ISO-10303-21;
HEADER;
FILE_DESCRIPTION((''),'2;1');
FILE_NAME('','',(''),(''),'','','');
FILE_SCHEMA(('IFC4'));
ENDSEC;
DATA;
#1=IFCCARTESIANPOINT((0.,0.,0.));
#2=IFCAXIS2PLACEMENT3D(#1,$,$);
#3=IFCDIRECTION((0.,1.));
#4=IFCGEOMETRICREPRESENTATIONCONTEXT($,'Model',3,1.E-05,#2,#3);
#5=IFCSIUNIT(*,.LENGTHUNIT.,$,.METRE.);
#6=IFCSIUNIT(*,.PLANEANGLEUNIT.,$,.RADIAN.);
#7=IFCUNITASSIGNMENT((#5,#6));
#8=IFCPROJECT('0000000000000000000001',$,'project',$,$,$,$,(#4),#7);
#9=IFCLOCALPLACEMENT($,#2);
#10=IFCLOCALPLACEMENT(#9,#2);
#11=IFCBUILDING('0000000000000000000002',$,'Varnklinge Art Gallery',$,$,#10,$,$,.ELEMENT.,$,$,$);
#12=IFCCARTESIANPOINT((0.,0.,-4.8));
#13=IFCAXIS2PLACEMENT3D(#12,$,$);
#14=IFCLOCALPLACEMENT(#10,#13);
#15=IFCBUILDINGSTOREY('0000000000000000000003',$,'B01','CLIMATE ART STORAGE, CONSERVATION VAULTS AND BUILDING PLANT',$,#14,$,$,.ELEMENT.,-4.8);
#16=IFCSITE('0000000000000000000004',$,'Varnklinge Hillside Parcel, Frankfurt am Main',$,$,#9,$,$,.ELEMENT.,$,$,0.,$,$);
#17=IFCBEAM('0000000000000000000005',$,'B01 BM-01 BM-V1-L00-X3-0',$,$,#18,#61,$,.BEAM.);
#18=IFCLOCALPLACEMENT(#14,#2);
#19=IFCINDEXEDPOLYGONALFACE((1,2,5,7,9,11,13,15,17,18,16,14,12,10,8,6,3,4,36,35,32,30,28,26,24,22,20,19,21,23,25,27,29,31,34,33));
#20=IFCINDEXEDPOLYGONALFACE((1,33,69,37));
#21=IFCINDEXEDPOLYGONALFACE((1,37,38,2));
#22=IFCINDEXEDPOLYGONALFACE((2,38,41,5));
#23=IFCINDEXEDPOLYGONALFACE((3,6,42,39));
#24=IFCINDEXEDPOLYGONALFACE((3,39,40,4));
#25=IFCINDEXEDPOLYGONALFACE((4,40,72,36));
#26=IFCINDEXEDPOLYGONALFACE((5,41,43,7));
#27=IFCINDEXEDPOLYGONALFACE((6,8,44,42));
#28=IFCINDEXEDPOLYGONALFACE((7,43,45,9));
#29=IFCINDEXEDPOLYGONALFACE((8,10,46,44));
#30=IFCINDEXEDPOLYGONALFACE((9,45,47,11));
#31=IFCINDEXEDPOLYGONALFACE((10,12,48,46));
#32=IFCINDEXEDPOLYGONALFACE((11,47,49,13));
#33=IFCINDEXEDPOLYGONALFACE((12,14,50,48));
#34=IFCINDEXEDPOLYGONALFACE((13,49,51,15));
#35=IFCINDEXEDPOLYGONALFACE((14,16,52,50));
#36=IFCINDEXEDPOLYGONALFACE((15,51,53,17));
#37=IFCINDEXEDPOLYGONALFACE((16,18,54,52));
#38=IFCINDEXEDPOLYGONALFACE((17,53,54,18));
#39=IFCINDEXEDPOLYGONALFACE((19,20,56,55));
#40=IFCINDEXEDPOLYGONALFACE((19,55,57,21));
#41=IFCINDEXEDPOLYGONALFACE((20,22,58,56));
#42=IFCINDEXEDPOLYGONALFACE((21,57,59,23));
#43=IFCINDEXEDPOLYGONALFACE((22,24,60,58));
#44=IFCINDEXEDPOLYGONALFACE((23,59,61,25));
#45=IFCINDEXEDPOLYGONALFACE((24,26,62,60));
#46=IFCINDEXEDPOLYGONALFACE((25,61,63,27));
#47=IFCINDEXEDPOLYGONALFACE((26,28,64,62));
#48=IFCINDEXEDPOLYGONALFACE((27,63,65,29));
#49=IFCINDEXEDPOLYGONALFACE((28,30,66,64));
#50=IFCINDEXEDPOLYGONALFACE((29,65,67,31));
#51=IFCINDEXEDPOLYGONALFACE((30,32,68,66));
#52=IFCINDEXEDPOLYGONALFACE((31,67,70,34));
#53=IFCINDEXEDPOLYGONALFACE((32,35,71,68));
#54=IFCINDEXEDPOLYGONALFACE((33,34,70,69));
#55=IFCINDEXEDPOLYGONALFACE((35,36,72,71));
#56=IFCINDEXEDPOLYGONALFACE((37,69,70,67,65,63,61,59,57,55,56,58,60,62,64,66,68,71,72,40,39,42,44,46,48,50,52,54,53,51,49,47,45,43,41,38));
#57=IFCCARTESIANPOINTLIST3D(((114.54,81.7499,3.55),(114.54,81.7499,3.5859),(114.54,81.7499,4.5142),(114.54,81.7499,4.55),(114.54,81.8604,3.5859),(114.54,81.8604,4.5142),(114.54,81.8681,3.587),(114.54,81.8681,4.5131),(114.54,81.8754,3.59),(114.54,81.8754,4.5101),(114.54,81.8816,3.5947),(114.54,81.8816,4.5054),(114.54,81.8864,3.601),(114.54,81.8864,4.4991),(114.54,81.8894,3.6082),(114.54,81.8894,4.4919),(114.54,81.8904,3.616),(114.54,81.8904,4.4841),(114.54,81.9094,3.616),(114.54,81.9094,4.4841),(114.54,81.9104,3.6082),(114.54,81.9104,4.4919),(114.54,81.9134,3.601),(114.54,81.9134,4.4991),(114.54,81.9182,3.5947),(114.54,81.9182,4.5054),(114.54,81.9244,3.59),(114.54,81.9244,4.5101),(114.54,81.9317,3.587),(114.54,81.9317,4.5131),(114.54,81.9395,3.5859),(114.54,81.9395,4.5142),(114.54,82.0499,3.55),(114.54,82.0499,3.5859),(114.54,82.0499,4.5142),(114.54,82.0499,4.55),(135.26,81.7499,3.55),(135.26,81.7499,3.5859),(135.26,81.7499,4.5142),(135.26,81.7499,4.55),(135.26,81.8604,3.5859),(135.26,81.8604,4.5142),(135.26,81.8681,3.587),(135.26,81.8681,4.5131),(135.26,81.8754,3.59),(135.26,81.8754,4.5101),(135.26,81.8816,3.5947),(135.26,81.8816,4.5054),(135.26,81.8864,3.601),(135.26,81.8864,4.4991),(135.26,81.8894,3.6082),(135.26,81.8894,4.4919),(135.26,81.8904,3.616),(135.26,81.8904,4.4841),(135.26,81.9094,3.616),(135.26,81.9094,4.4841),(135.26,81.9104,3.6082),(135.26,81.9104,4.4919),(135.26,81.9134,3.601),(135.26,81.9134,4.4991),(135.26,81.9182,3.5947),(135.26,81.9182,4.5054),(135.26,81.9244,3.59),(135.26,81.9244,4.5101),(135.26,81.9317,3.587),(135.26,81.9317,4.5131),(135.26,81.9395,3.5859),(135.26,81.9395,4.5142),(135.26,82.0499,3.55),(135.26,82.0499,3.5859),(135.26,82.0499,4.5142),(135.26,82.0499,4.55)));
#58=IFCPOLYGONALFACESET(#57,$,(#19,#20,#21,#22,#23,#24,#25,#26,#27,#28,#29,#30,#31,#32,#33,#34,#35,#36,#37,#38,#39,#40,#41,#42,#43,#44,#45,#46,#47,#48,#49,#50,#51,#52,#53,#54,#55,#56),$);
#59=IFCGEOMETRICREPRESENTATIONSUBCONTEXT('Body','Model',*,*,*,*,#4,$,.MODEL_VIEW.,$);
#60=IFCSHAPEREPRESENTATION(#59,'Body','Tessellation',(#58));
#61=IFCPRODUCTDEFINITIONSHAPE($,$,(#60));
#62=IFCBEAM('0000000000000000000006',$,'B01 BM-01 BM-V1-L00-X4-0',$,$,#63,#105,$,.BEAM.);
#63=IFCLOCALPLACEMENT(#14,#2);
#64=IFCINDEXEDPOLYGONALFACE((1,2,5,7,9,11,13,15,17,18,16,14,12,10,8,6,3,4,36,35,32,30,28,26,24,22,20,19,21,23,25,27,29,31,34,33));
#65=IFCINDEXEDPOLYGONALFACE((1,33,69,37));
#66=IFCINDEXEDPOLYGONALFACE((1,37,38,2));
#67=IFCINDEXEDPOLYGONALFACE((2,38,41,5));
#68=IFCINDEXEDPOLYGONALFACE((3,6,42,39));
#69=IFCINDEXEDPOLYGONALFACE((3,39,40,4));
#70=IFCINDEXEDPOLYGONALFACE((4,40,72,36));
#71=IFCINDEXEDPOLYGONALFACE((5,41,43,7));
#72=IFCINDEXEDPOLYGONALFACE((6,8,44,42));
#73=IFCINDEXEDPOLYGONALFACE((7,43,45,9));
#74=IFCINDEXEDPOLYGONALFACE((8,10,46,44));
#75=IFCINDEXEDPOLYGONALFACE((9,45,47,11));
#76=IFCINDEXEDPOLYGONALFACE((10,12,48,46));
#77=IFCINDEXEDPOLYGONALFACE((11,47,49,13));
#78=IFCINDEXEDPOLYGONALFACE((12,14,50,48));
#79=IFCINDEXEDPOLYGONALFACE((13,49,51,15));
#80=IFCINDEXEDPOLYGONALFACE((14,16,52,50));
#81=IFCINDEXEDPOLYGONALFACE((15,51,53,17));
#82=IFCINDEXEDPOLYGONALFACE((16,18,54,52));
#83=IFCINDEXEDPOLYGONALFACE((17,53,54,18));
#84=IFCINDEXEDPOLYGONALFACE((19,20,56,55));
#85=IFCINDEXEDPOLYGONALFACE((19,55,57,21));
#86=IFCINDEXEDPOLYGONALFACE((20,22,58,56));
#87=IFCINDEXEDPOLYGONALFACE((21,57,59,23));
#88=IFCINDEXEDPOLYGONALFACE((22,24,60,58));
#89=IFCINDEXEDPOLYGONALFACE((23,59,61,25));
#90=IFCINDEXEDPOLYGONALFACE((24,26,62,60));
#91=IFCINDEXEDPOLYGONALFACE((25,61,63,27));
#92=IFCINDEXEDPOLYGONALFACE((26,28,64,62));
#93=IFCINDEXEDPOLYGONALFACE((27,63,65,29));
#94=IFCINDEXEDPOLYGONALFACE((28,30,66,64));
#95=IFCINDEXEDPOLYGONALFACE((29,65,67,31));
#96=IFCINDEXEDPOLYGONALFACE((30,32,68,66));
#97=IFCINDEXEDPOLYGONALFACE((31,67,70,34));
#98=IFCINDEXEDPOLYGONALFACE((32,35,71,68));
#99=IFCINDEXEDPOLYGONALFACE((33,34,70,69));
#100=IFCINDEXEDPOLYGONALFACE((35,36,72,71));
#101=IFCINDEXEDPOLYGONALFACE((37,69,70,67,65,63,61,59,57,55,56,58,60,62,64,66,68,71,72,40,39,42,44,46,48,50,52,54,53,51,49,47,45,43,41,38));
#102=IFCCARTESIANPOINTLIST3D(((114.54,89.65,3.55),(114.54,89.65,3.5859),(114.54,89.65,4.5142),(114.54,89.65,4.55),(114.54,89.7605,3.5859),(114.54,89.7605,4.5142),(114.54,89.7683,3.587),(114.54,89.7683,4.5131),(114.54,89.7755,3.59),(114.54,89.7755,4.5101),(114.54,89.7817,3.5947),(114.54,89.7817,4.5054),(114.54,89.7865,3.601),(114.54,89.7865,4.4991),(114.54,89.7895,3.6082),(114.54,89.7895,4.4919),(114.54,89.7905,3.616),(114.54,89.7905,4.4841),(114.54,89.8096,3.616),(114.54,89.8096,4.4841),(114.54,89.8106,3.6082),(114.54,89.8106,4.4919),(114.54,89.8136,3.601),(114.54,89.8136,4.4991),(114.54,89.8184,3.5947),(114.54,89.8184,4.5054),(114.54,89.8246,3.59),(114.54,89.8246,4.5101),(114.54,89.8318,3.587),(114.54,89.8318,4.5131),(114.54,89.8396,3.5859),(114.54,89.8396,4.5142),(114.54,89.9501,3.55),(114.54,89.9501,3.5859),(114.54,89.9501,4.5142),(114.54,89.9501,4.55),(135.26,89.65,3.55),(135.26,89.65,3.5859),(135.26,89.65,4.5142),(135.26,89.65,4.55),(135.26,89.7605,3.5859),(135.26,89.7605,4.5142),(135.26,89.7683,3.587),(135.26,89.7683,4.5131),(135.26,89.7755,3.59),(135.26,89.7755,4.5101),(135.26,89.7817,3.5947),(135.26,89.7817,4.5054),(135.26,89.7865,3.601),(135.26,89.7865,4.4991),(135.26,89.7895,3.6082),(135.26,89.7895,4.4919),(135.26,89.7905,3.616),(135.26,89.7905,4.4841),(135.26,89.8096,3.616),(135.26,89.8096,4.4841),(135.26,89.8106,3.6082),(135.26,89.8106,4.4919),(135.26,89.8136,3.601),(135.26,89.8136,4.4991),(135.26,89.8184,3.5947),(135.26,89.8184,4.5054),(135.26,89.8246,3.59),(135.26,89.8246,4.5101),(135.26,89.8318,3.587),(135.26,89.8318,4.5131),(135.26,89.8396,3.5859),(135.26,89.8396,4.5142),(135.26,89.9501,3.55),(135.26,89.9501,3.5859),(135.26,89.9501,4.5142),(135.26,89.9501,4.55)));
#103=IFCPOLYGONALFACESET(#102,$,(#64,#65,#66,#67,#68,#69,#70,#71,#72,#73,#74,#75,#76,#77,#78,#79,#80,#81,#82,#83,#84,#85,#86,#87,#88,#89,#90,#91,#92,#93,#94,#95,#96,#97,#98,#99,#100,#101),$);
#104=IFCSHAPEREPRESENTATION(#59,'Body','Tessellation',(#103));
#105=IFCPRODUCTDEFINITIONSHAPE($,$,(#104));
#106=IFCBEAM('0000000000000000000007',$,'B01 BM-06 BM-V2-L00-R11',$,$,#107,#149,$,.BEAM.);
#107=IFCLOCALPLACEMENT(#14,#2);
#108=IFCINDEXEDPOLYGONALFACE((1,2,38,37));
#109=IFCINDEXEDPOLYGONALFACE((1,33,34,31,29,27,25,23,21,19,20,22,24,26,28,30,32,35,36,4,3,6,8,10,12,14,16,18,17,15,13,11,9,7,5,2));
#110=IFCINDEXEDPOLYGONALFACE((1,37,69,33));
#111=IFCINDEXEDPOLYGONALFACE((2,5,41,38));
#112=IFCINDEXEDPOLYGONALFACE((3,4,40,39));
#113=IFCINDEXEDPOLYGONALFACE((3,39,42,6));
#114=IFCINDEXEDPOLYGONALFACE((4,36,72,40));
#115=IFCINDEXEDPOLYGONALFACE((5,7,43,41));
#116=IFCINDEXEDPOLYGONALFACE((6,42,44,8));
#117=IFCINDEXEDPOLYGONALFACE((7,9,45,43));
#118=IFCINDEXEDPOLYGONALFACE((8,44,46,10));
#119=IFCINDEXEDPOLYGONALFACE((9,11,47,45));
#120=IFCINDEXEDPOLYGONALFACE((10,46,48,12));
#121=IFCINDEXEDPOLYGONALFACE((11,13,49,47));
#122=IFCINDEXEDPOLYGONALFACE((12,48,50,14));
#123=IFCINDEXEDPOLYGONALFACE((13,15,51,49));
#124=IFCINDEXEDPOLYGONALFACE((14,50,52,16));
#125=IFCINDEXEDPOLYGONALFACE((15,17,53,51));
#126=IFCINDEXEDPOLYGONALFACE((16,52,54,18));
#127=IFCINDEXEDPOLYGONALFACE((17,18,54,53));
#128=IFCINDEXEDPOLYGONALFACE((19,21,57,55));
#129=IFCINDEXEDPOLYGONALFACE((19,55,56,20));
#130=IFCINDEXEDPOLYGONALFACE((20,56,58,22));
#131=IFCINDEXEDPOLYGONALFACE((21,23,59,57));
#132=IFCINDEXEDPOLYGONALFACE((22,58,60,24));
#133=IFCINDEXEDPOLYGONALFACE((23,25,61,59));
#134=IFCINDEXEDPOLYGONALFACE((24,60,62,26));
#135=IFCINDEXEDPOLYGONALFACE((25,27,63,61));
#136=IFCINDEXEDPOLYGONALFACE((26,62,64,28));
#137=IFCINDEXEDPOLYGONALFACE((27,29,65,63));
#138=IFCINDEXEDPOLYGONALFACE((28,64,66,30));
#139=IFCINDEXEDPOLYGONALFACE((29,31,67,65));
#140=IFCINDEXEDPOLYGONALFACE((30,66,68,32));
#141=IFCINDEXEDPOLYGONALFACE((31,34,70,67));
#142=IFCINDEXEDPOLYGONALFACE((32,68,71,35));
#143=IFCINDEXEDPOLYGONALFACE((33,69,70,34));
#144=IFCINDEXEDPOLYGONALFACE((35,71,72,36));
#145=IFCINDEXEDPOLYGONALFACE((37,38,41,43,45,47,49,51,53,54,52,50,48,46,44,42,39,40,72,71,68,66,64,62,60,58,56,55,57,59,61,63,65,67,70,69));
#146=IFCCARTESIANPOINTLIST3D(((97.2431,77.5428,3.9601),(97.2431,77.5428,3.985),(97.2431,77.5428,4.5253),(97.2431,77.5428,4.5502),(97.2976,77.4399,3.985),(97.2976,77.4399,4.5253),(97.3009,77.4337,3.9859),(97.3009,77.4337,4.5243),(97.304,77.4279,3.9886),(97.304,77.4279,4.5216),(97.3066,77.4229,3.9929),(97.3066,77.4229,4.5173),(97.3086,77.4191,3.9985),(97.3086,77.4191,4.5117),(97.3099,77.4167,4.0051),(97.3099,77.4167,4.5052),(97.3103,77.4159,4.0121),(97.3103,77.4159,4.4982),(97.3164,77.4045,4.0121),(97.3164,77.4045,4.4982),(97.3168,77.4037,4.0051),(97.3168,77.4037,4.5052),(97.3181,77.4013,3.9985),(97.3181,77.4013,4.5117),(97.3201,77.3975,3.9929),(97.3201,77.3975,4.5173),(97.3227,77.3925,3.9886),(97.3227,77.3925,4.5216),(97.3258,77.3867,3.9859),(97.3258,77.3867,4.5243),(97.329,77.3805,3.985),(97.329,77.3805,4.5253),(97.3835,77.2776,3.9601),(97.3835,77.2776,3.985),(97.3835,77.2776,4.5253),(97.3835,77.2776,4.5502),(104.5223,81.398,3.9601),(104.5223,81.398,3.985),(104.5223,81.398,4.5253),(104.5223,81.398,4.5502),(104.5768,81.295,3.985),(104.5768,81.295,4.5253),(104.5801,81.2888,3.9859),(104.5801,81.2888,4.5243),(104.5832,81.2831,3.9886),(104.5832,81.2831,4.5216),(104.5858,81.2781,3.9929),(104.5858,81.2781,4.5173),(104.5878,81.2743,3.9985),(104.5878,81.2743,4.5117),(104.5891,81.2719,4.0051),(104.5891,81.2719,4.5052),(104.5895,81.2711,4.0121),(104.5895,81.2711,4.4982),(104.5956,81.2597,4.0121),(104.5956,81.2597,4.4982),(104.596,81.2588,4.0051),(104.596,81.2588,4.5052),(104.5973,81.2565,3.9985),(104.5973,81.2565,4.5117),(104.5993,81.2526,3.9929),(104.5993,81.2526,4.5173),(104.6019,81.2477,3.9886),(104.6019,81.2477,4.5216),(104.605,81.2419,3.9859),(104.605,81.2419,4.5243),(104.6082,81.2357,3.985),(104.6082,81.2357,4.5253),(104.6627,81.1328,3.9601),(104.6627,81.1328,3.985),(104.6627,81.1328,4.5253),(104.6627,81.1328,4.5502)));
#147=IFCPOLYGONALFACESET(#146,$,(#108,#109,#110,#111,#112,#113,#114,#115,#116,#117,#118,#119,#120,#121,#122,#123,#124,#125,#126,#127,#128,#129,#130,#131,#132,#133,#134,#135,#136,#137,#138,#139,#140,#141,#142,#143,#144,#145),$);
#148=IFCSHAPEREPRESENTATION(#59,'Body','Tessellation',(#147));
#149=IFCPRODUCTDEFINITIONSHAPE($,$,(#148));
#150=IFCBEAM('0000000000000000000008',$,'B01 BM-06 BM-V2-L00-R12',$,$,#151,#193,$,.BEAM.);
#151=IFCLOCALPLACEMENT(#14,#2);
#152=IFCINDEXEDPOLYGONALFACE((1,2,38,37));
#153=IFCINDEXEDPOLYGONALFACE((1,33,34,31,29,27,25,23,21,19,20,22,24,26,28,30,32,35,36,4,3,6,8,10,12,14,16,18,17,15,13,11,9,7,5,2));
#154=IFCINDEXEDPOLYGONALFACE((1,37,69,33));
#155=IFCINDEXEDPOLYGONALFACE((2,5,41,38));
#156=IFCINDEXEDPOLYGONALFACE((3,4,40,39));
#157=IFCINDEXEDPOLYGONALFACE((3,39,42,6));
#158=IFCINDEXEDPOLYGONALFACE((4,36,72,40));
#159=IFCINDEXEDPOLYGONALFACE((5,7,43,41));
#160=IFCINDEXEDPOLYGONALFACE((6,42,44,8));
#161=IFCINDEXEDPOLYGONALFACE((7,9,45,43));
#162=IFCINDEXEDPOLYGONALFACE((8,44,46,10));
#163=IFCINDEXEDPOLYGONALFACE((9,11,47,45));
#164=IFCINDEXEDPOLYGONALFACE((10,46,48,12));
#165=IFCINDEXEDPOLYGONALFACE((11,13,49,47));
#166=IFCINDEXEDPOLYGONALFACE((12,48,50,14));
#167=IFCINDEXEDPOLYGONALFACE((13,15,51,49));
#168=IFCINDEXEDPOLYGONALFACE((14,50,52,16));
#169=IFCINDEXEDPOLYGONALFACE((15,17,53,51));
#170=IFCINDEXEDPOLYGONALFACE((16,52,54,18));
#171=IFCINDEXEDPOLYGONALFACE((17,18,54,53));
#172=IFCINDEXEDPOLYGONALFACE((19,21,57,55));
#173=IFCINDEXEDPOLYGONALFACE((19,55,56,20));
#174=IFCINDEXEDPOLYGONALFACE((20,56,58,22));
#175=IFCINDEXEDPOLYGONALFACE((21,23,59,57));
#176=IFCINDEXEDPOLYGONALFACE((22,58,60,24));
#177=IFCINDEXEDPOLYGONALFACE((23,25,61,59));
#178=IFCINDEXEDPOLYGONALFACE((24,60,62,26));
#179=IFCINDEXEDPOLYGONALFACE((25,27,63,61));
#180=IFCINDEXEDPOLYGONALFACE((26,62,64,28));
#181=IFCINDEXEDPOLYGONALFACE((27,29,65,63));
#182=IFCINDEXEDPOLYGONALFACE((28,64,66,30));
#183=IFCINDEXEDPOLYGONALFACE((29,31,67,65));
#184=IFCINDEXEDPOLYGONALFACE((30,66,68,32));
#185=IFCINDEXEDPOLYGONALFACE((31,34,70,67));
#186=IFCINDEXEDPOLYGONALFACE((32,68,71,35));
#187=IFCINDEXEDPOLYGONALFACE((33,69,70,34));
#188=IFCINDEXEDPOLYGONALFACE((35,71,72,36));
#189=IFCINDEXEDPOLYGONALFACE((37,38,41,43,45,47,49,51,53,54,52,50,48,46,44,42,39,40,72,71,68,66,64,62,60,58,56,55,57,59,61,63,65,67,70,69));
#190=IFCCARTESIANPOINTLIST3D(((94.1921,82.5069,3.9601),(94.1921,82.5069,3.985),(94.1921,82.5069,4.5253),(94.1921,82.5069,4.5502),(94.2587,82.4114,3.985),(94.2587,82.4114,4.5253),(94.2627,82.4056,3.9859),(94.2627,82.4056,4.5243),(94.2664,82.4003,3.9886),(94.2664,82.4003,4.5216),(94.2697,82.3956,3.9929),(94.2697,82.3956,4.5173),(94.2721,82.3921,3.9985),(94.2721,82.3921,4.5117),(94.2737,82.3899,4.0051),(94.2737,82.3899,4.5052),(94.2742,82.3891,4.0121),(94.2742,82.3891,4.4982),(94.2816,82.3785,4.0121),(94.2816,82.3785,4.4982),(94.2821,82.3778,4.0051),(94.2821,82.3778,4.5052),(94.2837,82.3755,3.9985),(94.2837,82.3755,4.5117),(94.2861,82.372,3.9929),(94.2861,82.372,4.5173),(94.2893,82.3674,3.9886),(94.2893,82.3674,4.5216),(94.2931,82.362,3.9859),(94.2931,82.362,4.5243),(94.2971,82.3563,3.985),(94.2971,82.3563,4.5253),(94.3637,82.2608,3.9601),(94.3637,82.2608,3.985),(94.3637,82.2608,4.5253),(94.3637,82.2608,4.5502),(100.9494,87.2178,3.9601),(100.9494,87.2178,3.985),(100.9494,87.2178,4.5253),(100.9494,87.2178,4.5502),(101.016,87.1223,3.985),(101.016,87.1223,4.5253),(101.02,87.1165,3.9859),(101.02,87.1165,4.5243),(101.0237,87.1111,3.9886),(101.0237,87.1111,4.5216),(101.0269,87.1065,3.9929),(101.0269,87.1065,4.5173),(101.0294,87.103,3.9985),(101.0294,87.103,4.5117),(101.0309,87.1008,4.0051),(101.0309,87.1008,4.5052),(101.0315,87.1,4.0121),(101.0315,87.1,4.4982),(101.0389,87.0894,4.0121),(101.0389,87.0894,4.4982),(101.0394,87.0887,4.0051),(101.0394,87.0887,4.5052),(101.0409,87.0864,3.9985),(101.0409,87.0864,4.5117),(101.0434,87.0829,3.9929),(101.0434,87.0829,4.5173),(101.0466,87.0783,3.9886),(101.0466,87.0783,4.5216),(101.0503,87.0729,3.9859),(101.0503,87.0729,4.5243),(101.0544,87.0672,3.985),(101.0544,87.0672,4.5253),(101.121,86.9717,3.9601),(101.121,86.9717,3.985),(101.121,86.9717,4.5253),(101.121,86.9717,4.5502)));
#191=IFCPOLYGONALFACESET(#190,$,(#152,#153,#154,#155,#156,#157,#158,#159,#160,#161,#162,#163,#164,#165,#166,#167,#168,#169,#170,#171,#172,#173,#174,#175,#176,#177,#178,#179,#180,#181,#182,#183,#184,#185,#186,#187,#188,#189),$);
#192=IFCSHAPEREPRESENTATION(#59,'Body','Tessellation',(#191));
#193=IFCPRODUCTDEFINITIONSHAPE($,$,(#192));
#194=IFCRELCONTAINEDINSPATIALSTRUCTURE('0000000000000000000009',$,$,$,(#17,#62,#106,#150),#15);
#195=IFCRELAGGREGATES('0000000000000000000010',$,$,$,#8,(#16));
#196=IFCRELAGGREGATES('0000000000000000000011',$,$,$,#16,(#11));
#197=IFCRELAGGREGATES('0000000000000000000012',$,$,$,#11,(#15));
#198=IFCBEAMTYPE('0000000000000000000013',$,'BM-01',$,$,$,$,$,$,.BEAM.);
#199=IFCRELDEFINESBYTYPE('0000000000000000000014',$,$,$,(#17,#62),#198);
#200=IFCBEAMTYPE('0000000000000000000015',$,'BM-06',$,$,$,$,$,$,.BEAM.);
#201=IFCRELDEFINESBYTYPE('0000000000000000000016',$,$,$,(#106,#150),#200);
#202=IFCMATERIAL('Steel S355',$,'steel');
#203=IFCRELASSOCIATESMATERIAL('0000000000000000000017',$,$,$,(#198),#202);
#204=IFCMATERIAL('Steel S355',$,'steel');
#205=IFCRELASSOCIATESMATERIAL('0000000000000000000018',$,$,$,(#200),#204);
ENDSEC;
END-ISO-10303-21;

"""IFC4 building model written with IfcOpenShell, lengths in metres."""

from ifc_helpers import new_model, si_unit, direction, frame, origin, origin_2d, place, context, subcontext, project, spatial, i_section, extrude, material, material_profile, profile_set, type_object, element, save


model = new_model("IFC4")

# Units and contexts
model_context = context("Model", 3, precision=1e-05, world=origin(), true_north=direction((0.0, 1.0)))
body_context = subcontext(model_context, "Body", "Model", "MODEL_VIEW")
ifc_project = project(units=[si_unit("LENGTHUNIT", "METRE"), si_unit("PLANEANGLEUNIT", "RADIAN")], contexts=[model_context])

# Site, building, storey
site_placement = place(None, origin())
site = spatial("IfcSite", under=ifc_project, at=site_placement, Name="Varnklinge Hillside Parcel, Frankfurt am Main", CompositionType="ELEMENT", RefElevation=0.0)
building_placement = place(site_placement, origin())
building = spatial("IfcBuilding", under=site, at=building_placement, Name="Varnklinge Art Gallery", CompositionType="ELEMENT")
storey_placement = place(building_placement, frame((0.0, 0.0, -4.8)))
storey = spatial("IfcBuildingStorey", under=building, at=storey_placement, Name="B01", Description="CLIMATE ART STORAGE, CONSERVATION VAULTS AND BUILDING PLANT", CompositionType="ELEMENT", Elevation=-4.8)

# Beams
ifc_material_1 = material(Name="Steel S355", Category="steel")
ifc_material_profile_1 = material_profile(ifc_material_1, i_section(OverallWidth=0.3, OverallDepth=1.0, WebThickness=0.019, FlangeThickness=0.0359, FilletRadius=0.03, at=origin_2d()), Name="HEB 1000")
ifc_profile_set_1 = profile_set([ifc_material_profile_1], Name="Steel S355")
beam_type_1 = type_object("IfcBeamType", Name="BM-01", PredefinedType="BEAM", material=ifc_profile_set_1)
for number, where, z_axis, x_axis, name in (
    (1, (114.54, 81.8999, 4.05), (1.0, 0.0, 0.0), (0.0, 1.0, 0.0), "B01 BM-01 BM-V1-L00-X3-0"),
    (2, (114.54, 89.8, 4.05), (1.0, 0.0, 0.0), (0.0, 1.0, 0.0), "B01 BM-01 BM-V1-L00-X4-0"),
):
    element("IfcBeam", number, at=place(storey_placement, frame(where, z_axis=z_axis, x_axis=x_axis)), inside=storey, type_object=beam_type_1, Name=name, PredefinedType="BEAM", context=body_context, shape_type="SweptSolid", body=[
        extrude(i_section(OverallWidth=0.3, OverallDepth=1.0, WebThickness=0.019, FlangeThickness=0.0359, FilletRadius=0.03, at=origin_2d()), origin(), (0.0, 0.0, 1.0), 20.72),
    ])
ifc_material_2 = material(Name="Steel S355", Category="steel")
ifc_material_profile_2 = material_profile(ifc_material_2, i_section(OverallWidth=0.3, OverallDepth=0.5901, WebThickness=0.0129, FlangeThickness=0.0249, FilletRadius=0.0271, at=origin_2d()), Name="HEA 600")
ifc_profile_set_2 = profile_set([ifc_material_profile_2], Name="Steel S355")
beam_type_2 = type_object("IfcBeamType", Name="BM-06", PredefinedType="BEAM", material=ifc_profile_set_2)
beam_1_placement = place(storey_placement, frame((104.5925, 81.2654, 4.2551), z_axis=(-0.883714, -0.468028, 0.0), x_axis=(0.468028, -0.883714, 0.0)))
element("IfcBeam", 3, at=beam_1_placement, inside=storey, type_object=beam_type_2, Name="B01 BM-06 BM-V2-L00-R11", PredefinedType="BEAM", context=body_context, shape_type="SweptSolid", body=[
    extrude(i_section(OverallWidth=0.3, OverallDepth=0.5901, WebThickness=0.0129, FlangeThickness=0.0249, FilletRadius=0.0271, at=origin_2d()), origin(), (0.0, 0.0, 1.0), 8.2371),
])
beam_2_placement = place(storey_placement, frame((101.0352, 87.0947, 4.2551), z_axis=(-0.820325, -0.571898, 0.0), x_axis=(0.571898, -0.820325, 0.0)))
element("IfcBeam", 4, at=beam_2_placement, inside=storey, type_object=beam_type_2, Name="B01 BM-06 BM-V2-L00-R12", PredefinedType="BEAM", context=body_context, shape_type="SweptSolid", body=[
    extrude(i_section(OverallWidth=0.3, OverallDepth=0.5901, WebThickness=0.0129, FlangeThickness=0.0249, FilletRadius=0.0271, at=origin_2d()), origin(), (0.0, 0.0, 1.0), 8.2373),
])

save(model, "model.ifc")
